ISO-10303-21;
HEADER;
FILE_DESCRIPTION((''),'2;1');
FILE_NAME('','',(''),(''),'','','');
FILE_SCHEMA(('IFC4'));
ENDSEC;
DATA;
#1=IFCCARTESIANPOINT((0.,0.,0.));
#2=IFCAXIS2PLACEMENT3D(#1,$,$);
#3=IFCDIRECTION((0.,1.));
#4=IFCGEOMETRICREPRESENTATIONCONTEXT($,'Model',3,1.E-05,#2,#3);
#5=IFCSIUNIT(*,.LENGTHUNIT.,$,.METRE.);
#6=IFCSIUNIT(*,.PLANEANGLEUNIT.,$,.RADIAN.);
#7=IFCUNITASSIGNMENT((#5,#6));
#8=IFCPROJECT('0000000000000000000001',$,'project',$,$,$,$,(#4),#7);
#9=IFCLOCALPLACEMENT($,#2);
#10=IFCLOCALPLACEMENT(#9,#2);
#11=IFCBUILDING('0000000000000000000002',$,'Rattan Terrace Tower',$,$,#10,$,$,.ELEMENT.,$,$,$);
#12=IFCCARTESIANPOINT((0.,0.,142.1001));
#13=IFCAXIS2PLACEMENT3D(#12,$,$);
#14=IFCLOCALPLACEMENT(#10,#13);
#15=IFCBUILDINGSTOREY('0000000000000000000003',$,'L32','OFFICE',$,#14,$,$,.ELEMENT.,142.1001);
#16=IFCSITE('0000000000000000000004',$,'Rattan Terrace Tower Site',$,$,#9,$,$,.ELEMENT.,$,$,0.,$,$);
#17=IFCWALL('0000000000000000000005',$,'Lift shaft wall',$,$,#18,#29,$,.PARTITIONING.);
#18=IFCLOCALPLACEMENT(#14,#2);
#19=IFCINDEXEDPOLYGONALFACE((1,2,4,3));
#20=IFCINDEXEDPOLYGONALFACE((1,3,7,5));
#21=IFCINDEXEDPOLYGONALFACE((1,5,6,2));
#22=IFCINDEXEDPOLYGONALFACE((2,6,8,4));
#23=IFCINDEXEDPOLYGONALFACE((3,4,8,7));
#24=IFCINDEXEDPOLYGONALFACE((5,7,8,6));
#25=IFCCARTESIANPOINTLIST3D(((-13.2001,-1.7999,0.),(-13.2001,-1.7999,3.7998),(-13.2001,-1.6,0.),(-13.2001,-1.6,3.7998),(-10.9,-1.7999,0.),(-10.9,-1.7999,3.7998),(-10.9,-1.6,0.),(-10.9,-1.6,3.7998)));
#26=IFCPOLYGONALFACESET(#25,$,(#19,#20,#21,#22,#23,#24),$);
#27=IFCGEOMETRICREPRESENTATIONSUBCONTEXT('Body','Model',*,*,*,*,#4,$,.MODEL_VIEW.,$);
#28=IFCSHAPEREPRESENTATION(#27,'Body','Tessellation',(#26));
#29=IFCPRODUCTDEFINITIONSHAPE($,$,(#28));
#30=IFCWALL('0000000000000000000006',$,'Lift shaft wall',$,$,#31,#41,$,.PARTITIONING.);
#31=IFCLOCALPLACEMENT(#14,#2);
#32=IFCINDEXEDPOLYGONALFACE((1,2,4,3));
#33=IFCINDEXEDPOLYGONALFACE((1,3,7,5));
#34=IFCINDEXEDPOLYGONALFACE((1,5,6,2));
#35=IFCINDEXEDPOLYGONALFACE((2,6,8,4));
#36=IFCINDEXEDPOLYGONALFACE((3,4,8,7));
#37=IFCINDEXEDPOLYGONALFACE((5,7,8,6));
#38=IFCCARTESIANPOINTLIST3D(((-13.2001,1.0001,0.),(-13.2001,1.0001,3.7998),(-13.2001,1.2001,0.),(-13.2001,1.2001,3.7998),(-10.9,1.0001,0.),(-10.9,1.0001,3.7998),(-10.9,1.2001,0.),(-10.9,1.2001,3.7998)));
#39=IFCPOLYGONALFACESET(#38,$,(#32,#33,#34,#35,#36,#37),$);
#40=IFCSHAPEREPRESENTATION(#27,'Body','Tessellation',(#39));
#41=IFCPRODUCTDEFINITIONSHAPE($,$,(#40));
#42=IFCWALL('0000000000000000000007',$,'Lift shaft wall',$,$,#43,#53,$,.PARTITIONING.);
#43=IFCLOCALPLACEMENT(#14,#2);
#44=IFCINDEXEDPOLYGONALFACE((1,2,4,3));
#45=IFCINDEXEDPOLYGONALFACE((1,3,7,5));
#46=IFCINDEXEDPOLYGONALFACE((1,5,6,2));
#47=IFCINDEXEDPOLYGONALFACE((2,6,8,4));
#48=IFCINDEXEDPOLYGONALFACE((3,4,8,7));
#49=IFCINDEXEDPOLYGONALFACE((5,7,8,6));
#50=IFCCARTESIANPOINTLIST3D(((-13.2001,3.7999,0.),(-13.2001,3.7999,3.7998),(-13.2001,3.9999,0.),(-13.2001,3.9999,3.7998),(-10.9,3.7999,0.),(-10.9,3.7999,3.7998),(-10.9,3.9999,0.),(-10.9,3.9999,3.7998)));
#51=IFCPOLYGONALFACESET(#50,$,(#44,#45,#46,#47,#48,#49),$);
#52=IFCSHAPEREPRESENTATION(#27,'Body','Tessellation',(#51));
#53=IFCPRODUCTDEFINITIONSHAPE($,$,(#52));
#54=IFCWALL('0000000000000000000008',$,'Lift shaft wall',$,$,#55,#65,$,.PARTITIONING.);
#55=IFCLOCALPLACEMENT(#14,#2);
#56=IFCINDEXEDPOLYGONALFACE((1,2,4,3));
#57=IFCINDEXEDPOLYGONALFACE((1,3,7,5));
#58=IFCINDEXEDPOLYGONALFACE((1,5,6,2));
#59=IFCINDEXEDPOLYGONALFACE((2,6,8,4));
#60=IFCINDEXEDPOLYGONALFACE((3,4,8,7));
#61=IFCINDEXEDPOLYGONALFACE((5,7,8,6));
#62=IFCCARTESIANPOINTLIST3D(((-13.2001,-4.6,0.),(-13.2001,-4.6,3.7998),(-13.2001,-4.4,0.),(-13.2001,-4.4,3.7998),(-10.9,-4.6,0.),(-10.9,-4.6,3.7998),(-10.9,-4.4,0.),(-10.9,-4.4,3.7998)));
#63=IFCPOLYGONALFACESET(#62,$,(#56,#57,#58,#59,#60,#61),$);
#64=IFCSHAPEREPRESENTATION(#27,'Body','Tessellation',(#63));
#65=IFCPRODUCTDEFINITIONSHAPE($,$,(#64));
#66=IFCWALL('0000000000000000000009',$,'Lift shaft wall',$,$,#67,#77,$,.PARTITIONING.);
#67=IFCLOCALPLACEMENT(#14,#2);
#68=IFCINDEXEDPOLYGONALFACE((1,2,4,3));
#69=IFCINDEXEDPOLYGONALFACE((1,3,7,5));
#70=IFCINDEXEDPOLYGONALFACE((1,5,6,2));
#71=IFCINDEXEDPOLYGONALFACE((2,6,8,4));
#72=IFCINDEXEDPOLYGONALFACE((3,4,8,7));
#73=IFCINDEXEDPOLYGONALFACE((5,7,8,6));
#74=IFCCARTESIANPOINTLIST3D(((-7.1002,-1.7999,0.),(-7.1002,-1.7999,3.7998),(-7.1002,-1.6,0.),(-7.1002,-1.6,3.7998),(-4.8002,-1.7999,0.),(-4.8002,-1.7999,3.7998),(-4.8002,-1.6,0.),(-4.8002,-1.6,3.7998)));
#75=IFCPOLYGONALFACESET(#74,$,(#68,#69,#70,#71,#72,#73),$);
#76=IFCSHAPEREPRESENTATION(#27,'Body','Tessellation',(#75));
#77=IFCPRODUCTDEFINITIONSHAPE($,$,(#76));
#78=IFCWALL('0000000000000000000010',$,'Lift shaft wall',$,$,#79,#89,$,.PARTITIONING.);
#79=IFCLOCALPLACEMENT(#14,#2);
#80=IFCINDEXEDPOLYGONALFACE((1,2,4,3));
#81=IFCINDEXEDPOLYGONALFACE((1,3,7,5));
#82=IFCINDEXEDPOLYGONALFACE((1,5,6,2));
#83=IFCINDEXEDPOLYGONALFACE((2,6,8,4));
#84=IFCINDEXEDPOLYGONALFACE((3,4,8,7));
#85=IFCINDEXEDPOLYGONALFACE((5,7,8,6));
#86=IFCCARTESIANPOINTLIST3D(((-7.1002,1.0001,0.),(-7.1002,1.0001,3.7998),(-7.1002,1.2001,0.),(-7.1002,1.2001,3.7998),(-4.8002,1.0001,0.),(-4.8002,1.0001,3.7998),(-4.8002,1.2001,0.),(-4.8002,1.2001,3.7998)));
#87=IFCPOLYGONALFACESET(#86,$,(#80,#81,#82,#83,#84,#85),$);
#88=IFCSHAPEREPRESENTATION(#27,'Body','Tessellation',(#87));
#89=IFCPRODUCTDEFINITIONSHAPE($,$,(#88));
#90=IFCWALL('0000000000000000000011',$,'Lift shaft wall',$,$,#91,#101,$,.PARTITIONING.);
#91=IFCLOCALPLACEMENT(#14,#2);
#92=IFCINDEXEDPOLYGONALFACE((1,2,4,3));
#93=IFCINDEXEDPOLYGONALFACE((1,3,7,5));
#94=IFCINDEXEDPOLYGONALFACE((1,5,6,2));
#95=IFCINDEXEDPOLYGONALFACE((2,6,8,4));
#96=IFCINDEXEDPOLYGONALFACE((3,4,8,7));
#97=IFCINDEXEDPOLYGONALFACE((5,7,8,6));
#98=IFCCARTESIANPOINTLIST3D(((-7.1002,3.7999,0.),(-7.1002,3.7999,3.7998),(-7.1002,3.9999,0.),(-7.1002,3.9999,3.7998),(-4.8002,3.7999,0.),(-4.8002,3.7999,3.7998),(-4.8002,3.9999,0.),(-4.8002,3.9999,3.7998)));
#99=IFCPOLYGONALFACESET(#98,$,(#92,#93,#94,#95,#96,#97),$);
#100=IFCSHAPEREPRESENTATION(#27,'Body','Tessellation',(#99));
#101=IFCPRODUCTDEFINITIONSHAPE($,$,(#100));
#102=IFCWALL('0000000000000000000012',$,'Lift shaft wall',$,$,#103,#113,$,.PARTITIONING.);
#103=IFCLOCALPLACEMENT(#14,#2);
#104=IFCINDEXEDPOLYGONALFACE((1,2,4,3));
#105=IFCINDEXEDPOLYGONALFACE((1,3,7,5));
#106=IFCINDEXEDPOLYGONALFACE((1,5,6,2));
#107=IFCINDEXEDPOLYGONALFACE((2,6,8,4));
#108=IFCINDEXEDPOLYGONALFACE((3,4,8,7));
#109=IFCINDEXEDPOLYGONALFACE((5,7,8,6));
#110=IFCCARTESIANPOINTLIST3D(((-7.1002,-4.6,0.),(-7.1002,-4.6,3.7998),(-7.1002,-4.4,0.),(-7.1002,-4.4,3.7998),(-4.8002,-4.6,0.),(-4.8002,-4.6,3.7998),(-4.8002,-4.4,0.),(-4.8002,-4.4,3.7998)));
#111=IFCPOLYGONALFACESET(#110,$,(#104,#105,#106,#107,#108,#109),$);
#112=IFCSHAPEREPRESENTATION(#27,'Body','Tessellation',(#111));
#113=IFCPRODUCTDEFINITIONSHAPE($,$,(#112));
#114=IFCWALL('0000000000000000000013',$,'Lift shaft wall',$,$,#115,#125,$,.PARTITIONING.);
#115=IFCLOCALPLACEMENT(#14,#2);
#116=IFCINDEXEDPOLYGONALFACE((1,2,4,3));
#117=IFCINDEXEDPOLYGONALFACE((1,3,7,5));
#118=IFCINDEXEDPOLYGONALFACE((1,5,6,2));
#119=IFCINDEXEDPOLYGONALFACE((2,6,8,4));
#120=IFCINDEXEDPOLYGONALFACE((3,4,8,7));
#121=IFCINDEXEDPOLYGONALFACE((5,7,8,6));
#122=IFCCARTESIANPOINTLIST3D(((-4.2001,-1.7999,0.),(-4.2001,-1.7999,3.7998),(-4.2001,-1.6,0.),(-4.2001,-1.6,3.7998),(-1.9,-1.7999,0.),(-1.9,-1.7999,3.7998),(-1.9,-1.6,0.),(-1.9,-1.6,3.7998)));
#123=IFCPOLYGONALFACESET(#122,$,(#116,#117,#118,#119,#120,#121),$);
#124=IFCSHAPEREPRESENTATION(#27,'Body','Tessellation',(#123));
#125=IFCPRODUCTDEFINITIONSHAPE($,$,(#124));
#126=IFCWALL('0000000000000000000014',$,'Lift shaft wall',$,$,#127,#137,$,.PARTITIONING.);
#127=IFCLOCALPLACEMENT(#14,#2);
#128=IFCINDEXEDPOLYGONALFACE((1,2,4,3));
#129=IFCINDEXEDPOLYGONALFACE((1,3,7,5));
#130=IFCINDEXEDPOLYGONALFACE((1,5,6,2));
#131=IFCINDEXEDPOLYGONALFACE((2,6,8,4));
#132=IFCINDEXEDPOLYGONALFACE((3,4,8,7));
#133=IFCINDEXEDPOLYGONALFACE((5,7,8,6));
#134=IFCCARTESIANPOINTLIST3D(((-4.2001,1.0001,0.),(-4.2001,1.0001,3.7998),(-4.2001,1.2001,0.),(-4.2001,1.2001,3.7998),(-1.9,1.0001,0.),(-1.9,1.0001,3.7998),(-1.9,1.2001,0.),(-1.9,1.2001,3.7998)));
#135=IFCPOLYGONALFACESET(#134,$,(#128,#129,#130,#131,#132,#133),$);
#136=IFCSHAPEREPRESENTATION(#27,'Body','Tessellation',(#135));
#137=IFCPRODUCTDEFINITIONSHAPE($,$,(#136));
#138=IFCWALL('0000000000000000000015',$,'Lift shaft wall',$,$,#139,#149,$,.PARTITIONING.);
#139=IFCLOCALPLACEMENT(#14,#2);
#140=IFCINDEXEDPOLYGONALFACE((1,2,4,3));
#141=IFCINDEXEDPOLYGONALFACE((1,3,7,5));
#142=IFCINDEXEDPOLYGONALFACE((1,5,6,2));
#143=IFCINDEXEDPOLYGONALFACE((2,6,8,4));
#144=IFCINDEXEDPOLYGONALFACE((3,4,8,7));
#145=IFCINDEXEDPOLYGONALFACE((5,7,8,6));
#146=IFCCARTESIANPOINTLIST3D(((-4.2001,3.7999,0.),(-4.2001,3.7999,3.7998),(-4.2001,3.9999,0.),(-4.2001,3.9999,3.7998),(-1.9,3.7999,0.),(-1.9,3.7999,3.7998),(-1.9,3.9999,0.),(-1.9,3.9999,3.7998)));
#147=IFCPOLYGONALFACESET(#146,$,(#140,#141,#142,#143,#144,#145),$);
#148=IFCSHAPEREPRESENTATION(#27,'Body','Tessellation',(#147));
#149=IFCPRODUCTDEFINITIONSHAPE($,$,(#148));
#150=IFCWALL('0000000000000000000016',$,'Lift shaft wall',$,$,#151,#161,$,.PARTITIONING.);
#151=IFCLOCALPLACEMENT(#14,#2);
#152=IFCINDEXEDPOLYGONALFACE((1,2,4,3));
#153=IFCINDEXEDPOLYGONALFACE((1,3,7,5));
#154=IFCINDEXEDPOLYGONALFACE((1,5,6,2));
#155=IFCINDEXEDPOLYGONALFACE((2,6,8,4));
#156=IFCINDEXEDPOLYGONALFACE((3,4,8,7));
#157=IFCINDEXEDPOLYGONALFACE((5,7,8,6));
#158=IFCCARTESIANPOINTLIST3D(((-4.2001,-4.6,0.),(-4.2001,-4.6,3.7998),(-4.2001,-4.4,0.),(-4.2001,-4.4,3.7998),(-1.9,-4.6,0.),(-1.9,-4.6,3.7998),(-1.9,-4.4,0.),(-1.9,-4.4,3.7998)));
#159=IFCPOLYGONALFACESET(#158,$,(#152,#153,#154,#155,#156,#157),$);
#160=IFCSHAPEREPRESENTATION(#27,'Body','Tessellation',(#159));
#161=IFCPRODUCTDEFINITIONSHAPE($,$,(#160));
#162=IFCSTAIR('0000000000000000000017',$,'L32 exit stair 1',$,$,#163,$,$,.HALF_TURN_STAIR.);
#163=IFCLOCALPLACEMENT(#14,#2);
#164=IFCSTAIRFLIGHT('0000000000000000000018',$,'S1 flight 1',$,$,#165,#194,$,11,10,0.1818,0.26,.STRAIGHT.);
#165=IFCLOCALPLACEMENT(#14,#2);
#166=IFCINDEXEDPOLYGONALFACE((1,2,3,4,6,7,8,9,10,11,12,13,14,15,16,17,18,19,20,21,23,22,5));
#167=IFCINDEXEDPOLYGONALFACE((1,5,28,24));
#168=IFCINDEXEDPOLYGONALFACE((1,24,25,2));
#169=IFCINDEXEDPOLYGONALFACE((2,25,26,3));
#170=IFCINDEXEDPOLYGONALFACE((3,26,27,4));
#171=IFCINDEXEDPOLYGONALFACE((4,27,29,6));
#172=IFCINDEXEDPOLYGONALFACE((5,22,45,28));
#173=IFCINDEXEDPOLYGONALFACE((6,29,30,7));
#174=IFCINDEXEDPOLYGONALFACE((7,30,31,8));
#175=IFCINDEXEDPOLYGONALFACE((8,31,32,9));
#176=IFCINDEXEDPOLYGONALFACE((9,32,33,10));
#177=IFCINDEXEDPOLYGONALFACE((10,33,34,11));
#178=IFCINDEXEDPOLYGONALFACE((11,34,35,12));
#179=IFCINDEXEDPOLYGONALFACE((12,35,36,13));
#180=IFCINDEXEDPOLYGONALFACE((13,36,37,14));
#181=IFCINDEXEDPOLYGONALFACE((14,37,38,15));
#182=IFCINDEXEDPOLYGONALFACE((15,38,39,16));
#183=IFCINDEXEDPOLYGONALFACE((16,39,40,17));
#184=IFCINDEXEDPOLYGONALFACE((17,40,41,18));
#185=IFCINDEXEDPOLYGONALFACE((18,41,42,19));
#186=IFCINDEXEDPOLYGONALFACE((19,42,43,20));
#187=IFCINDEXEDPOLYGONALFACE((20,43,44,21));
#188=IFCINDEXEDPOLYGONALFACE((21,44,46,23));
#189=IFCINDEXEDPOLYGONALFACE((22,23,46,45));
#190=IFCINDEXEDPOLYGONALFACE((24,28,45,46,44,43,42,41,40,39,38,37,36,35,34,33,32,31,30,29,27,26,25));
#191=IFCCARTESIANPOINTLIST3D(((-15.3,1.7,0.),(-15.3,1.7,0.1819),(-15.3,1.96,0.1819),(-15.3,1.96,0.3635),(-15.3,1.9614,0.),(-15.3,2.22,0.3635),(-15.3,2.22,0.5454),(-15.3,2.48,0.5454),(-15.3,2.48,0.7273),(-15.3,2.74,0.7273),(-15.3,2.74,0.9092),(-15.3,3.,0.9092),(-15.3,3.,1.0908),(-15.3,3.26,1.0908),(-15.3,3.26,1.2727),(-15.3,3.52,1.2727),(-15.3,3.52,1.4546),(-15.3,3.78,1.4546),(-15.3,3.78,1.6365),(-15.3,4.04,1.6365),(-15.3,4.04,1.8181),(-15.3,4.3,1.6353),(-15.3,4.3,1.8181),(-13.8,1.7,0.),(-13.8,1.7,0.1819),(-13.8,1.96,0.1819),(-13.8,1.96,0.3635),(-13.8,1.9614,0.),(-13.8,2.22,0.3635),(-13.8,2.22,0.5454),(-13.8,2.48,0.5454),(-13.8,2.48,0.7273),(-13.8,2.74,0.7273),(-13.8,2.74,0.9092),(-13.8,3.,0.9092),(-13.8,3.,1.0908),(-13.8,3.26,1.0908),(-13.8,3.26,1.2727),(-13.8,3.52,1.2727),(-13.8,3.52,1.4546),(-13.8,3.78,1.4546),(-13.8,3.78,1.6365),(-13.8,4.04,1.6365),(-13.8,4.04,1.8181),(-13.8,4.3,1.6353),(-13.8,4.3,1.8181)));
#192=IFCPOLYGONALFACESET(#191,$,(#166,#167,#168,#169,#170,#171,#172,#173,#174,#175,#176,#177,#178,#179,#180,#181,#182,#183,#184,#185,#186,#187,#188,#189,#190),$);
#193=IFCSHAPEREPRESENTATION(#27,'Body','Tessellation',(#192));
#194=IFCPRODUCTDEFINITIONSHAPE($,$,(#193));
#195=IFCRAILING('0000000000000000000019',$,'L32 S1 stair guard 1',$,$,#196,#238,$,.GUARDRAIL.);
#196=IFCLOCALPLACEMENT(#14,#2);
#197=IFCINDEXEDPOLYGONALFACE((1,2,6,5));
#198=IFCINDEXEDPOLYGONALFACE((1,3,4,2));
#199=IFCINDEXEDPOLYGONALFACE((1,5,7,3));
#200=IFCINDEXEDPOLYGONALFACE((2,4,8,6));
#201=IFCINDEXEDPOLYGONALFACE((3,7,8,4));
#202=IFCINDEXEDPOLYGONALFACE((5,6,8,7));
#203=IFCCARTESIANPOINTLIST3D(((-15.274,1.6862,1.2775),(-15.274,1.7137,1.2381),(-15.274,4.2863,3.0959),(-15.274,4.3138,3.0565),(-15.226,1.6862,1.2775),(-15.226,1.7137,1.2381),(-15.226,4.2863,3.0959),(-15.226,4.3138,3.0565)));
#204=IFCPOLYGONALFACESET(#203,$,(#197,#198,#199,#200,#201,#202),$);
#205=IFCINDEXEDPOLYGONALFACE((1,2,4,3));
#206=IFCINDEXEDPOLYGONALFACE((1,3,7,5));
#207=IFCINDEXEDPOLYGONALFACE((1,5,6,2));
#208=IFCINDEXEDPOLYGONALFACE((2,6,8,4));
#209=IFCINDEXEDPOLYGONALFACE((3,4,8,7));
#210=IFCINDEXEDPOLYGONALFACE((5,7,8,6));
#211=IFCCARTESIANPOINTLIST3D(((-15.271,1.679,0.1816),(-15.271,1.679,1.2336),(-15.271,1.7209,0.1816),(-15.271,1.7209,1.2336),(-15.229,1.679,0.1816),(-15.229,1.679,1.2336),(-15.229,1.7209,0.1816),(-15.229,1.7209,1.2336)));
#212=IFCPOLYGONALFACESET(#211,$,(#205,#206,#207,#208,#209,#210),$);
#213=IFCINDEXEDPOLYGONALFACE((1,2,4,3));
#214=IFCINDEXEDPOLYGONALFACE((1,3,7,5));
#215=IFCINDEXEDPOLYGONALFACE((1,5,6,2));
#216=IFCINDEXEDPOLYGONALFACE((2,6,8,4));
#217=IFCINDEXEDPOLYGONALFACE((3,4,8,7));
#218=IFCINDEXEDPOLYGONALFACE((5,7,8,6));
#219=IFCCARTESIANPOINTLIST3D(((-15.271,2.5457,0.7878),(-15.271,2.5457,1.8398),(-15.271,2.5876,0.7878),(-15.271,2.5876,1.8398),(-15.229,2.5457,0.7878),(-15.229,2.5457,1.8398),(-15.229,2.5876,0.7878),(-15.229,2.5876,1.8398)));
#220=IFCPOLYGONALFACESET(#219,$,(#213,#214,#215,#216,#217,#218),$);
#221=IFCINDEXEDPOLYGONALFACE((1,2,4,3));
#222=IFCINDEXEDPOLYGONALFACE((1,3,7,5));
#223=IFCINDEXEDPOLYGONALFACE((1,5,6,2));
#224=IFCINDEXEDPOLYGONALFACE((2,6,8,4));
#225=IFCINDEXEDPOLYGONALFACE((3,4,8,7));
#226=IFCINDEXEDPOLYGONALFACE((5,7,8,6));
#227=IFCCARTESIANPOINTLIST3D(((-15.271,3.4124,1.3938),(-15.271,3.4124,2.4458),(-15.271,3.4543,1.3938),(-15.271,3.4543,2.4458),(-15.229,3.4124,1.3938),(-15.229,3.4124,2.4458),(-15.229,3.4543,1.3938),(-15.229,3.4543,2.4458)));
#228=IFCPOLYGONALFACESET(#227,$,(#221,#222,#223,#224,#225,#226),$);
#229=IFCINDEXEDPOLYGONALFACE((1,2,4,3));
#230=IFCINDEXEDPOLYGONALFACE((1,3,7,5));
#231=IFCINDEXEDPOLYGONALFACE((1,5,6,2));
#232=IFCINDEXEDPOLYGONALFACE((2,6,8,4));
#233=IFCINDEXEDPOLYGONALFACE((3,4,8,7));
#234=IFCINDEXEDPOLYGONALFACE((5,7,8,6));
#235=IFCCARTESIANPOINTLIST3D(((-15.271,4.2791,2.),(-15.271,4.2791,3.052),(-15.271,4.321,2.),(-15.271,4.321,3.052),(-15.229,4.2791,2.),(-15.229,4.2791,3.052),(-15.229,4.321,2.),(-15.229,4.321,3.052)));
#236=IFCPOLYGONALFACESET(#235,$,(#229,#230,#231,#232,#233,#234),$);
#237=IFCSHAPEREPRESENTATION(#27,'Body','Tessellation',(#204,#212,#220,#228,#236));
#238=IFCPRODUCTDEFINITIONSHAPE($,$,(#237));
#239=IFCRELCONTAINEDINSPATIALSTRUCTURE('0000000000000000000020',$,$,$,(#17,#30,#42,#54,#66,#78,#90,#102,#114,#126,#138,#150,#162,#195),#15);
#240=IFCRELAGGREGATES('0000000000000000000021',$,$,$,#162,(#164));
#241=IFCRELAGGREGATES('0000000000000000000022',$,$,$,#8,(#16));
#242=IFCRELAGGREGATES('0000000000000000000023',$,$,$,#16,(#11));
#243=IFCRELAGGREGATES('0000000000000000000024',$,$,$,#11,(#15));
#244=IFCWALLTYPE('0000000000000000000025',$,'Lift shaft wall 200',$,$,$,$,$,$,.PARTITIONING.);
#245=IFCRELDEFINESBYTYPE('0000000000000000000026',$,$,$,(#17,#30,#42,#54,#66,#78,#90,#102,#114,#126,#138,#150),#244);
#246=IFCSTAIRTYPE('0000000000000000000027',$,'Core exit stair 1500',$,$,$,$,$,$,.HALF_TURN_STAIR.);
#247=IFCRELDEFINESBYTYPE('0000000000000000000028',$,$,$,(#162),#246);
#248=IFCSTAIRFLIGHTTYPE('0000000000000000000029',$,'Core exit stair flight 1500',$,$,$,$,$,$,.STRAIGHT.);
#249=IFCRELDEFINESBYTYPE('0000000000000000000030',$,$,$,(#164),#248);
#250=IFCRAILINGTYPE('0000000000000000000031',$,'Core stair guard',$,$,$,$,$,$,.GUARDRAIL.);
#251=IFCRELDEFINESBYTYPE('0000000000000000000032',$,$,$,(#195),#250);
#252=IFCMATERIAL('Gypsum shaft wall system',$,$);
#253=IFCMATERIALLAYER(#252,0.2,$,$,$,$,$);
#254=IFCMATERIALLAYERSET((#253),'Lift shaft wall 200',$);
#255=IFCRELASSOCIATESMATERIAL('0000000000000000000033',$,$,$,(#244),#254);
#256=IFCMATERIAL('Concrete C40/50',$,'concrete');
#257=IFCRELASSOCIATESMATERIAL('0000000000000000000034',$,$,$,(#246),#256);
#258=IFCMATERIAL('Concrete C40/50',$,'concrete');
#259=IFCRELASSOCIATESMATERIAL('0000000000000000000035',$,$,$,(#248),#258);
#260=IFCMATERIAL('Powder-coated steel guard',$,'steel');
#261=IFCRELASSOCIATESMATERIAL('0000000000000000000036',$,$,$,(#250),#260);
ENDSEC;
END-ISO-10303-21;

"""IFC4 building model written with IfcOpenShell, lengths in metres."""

from ifc_helpers import new_model, si_unit, direction, frame, frame_2d, origin, origin_2d, place, context, subcontext, project, spatial, polyline, rectangle, outline, extrude, material, layer, layer_set, type_object, element, aggregate, save


model = new_model("IFC4")

# Units and contexts
model_context = context("Model", 3, precision=1e-05, world=origin(), true_north=direction((0.0, 1.0)))
body_context = subcontext(model_context, "Body", "Model", "MODEL_VIEW")
ifc_project = project(units=[si_unit("LENGTHUNIT", "METRE"), si_unit("PLANEANGLEUNIT", "RADIAN")], contexts=[model_context])

# Site, building, storey
site_placement = place(None, origin())
site = spatial("IfcSite", under=ifc_project, at=site_placement, Name="Rattan Terrace Tower Site", CompositionType="ELEMENT", RefElevation=0.0)
building_placement = place(site_placement, origin())
building = spatial("IfcBuilding", under=site, at=building_placement, Name="Rattan Terrace Tower", CompositionType="ELEMENT")
storey_placement = place(building_placement, frame((0.0, 0.0, 142.1001)))
storey = spatial("IfcBuildingStorey", under=building, at=storey_placement, Name="L32", Description="OFFICE", CompositionType="ELEMENT", Elevation=142.1001)

# Walls
ifc_material_1 = material(Name="Gypsum shaft wall system")
ifc_layer_1 = layer(ifc_material_1, 0.2)
ifc_layer_set_1 = layer_set([ifc_layer_1], Name="Lift shaft wall 200")
wall_type = type_object("IfcWallType", Name="Lift shaft wall 200", PredefinedType="PARTITIONING", material=ifc_layer_set_1)
for number, where, z_axis, x_axis, name in (
    (1, (-13.2, -1.7, 0.0), (0.0, 0.0, 1.0), (1.0, 0.0, 0.0), "Lift shaft wall"),
    (2, (-13.2, 1.1001, 0.0), (0.0, 0.0, 1.0), (1.0, 0.0, 0.0), "Lift shaft wall"),
    (3, (-13.2, 3.8999, 0.0), (0.0, 0.0, 1.0), (1.0, 0.0, 0.0), "Lift shaft wall"),
    (4, (-13.2, -4.5, 0.0), (0.0, 0.0, 1.0), (1.0, 0.0, 0.0), "Lift shaft wall"),
    (5, (-7.1001, -1.7, 0.0), (0.0, 0.0, 1.0), (1.0, 0.0, 0.0), "Lift shaft wall"),
    (6, (-7.1001, 1.1001, 0.0), (0.0, 0.0, 1.0), (1.0, 0.0, 0.0), "Lift shaft wall"),
    (7, (-7.1001, 3.8999, 0.0), (0.0, 0.0, 1.0), (1.0, 0.0, 0.0), "Lift shaft wall"),
    (8, (-7.1001, -4.5, 0.0), (0.0, 0.0, 1.0), (1.0, 0.0, 0.0), "Lift shaft wall"),
    (9, (-4.2, -1.7, 0.0), (0.0, 0.0, 1.0), (1.0, 0.0, 0.0), "Lift shaft wall"),
    (10, (-4.2, 1.1001, 0.0), (0.0, 0.0, 1.0), (1.0, 0.0, 0.0), "Lift shaft wall"),
    (11, (-4.2, 3.8999, 0.0), (0.0, 0.0, 1.0), (1.0, 0.0, 0.0), "Lift shaft wall"),
    (12, (-4.2, -4.5, 0.0), (0.0, 0.0, 1.0), (1.0, 0.0, 0.0), "Lift shaft wall"),
):
    element("IfcWall", number, at=place(storey_placement, frame(where, z_axis=z_axis, x_axis=x_axis)), inside=storey, type_object=wall_type, Name=name, PredefinedType="PARTITIONING", context=body_context, shape_type="SweptSolid", body=[
        extrude(rectangle(XDim=2.3, YDim=0.2, at=frame_2d((1.1499, 0.0))), origin(), (0.0, 0.0, 1.0), 3.7998),
    ])

# Stair, stair flight
ifc_material_2 = material(Name="Concrete C40/50", Category="concrete")
stair_type = type_object("IfcStairType", Name="Core exit stair 1500", PredefinedType="HALF_TURN_STAIR", material=ifc_material_2)
stair_placement = place(storey_placement, origin())
stair = element("IfcStair", 13, at=stair_placement, inside=storey, type_object=stair_type, Name="L32 exit stair 1", PredefinedType="HALF_TURN_STAIR")
ifc_material_3 = material(Name="Concrete C40/50", Category="concrete")
stair_flight_type = type_object("IfcStairFlightType", Name="Core exit stair flight 1500", PredefinedType="STRAIGHT", material=ifc_material_3)
stair_flight_placement = place(storey_placement, frame((-14.55, 1.7, 0.0), z_axis=(0.0, 0.0, 1.0), x_axis=(0.0, 1.0, 0.0)))
stair_flight = element("IfcStairFlight", 14, at=stair_flight_placement, type_object=stair_flight_type, Name="S1 flight 1", NumberOfRisers=11, NumberOfTreads=10, PredefinedType="STRAIGHT", RiserHeight=0.1818, TreadLength=0.26, context=body_context, shape_type="SweptSolid", body=[
    extrude(outline(polyline([(0.0, 0.0), (0.0, 0.1819), (0.26, 0.1819), (0.26, 0.3635), (0.52, 0.3635), (0.52, 0.5454), (0.78, 0.5454), (0.78, 0.7273), (1.04, 0.7273), (1.04, 0.9092), (1.3, 0.9092), (1.3, 1.0908), (1.5601, 1.0908), (1.5601, 1.2727), (1.8201, 1.2727), (1.8201, 1.4546), (2.0801, 1.4546), (2.0801, 1.6365), (2.3401, 1.6365), (2.3401, 1.8181), (2.6001, 1.8181), (2.6001, 2.0), (2.6001, 1.6353), (0.2615, 0.0), (0.0, 0.0)])), frame((0.0, 0.75, 0.0), z_axis=(0.0, -1.0, 0.0), x_axis=(1.0, 0.0, 0.0)), (0.0, 0.0, 1.0), 1.5),
])
aggregate(stair, [stair_flight])

# Railing
ifc_material_4 = material(Name="Powder-coated steel guard", Category="steel")
railing_type_1 = type_object("IfcRailingType", Name="Core stair guard", PredefinedType="GUARDRAIL", material=ifc_material_4)
railing_1_placement = place(storey_placement, frame((-15.25, 1.7, 0.1816)))
element("IfcRailing", 15, at=railing_1_placement, inside=storey, type_object=railing_type_1, Name="L32 S1 stair guard 1", PredefinedType="GUARDRAIL", context=body_context, shape_type="SweptSolid", body=[
    extrude(rectangle(XDim=0.0481, YDim=0.0481, at=origin_2d()), frame((0.0, 0.0, 1.0762), z_axis=(0.0, 0.819485, 0.573101), x_axis=(-1.0, 0.0, 0.0)), (0.0, 0.0, 1.0), 3.1729),
    extrude(rectangle(XDim=0.042, YDim=0.042, at=origin_2d()), origin(), (0.0, 0.0, 1.0), 1.052),
    extrude(rectangle(XDim=0.042, YDim=0.042, at=origin_2d()), frame((0.0, 0.8667, 0.6062)), (0.0, 0.0, 1.0), 1.052),
    extrude(rectangle(XDim=0.042, YDim=0.042, at=origin_2d()), frame((0.0, 1.7334, 1.2122)), (0.0, 0.0, 1.0), 1.052),
    extrude(rectangle(XDim=0.042, YDim=0.042, at=origin_2d()), frame((0.0, 2.6001, 1.8184)), (0.0, 0.0, 1.0), 1.052),
])

save(model, "model.ifc")
